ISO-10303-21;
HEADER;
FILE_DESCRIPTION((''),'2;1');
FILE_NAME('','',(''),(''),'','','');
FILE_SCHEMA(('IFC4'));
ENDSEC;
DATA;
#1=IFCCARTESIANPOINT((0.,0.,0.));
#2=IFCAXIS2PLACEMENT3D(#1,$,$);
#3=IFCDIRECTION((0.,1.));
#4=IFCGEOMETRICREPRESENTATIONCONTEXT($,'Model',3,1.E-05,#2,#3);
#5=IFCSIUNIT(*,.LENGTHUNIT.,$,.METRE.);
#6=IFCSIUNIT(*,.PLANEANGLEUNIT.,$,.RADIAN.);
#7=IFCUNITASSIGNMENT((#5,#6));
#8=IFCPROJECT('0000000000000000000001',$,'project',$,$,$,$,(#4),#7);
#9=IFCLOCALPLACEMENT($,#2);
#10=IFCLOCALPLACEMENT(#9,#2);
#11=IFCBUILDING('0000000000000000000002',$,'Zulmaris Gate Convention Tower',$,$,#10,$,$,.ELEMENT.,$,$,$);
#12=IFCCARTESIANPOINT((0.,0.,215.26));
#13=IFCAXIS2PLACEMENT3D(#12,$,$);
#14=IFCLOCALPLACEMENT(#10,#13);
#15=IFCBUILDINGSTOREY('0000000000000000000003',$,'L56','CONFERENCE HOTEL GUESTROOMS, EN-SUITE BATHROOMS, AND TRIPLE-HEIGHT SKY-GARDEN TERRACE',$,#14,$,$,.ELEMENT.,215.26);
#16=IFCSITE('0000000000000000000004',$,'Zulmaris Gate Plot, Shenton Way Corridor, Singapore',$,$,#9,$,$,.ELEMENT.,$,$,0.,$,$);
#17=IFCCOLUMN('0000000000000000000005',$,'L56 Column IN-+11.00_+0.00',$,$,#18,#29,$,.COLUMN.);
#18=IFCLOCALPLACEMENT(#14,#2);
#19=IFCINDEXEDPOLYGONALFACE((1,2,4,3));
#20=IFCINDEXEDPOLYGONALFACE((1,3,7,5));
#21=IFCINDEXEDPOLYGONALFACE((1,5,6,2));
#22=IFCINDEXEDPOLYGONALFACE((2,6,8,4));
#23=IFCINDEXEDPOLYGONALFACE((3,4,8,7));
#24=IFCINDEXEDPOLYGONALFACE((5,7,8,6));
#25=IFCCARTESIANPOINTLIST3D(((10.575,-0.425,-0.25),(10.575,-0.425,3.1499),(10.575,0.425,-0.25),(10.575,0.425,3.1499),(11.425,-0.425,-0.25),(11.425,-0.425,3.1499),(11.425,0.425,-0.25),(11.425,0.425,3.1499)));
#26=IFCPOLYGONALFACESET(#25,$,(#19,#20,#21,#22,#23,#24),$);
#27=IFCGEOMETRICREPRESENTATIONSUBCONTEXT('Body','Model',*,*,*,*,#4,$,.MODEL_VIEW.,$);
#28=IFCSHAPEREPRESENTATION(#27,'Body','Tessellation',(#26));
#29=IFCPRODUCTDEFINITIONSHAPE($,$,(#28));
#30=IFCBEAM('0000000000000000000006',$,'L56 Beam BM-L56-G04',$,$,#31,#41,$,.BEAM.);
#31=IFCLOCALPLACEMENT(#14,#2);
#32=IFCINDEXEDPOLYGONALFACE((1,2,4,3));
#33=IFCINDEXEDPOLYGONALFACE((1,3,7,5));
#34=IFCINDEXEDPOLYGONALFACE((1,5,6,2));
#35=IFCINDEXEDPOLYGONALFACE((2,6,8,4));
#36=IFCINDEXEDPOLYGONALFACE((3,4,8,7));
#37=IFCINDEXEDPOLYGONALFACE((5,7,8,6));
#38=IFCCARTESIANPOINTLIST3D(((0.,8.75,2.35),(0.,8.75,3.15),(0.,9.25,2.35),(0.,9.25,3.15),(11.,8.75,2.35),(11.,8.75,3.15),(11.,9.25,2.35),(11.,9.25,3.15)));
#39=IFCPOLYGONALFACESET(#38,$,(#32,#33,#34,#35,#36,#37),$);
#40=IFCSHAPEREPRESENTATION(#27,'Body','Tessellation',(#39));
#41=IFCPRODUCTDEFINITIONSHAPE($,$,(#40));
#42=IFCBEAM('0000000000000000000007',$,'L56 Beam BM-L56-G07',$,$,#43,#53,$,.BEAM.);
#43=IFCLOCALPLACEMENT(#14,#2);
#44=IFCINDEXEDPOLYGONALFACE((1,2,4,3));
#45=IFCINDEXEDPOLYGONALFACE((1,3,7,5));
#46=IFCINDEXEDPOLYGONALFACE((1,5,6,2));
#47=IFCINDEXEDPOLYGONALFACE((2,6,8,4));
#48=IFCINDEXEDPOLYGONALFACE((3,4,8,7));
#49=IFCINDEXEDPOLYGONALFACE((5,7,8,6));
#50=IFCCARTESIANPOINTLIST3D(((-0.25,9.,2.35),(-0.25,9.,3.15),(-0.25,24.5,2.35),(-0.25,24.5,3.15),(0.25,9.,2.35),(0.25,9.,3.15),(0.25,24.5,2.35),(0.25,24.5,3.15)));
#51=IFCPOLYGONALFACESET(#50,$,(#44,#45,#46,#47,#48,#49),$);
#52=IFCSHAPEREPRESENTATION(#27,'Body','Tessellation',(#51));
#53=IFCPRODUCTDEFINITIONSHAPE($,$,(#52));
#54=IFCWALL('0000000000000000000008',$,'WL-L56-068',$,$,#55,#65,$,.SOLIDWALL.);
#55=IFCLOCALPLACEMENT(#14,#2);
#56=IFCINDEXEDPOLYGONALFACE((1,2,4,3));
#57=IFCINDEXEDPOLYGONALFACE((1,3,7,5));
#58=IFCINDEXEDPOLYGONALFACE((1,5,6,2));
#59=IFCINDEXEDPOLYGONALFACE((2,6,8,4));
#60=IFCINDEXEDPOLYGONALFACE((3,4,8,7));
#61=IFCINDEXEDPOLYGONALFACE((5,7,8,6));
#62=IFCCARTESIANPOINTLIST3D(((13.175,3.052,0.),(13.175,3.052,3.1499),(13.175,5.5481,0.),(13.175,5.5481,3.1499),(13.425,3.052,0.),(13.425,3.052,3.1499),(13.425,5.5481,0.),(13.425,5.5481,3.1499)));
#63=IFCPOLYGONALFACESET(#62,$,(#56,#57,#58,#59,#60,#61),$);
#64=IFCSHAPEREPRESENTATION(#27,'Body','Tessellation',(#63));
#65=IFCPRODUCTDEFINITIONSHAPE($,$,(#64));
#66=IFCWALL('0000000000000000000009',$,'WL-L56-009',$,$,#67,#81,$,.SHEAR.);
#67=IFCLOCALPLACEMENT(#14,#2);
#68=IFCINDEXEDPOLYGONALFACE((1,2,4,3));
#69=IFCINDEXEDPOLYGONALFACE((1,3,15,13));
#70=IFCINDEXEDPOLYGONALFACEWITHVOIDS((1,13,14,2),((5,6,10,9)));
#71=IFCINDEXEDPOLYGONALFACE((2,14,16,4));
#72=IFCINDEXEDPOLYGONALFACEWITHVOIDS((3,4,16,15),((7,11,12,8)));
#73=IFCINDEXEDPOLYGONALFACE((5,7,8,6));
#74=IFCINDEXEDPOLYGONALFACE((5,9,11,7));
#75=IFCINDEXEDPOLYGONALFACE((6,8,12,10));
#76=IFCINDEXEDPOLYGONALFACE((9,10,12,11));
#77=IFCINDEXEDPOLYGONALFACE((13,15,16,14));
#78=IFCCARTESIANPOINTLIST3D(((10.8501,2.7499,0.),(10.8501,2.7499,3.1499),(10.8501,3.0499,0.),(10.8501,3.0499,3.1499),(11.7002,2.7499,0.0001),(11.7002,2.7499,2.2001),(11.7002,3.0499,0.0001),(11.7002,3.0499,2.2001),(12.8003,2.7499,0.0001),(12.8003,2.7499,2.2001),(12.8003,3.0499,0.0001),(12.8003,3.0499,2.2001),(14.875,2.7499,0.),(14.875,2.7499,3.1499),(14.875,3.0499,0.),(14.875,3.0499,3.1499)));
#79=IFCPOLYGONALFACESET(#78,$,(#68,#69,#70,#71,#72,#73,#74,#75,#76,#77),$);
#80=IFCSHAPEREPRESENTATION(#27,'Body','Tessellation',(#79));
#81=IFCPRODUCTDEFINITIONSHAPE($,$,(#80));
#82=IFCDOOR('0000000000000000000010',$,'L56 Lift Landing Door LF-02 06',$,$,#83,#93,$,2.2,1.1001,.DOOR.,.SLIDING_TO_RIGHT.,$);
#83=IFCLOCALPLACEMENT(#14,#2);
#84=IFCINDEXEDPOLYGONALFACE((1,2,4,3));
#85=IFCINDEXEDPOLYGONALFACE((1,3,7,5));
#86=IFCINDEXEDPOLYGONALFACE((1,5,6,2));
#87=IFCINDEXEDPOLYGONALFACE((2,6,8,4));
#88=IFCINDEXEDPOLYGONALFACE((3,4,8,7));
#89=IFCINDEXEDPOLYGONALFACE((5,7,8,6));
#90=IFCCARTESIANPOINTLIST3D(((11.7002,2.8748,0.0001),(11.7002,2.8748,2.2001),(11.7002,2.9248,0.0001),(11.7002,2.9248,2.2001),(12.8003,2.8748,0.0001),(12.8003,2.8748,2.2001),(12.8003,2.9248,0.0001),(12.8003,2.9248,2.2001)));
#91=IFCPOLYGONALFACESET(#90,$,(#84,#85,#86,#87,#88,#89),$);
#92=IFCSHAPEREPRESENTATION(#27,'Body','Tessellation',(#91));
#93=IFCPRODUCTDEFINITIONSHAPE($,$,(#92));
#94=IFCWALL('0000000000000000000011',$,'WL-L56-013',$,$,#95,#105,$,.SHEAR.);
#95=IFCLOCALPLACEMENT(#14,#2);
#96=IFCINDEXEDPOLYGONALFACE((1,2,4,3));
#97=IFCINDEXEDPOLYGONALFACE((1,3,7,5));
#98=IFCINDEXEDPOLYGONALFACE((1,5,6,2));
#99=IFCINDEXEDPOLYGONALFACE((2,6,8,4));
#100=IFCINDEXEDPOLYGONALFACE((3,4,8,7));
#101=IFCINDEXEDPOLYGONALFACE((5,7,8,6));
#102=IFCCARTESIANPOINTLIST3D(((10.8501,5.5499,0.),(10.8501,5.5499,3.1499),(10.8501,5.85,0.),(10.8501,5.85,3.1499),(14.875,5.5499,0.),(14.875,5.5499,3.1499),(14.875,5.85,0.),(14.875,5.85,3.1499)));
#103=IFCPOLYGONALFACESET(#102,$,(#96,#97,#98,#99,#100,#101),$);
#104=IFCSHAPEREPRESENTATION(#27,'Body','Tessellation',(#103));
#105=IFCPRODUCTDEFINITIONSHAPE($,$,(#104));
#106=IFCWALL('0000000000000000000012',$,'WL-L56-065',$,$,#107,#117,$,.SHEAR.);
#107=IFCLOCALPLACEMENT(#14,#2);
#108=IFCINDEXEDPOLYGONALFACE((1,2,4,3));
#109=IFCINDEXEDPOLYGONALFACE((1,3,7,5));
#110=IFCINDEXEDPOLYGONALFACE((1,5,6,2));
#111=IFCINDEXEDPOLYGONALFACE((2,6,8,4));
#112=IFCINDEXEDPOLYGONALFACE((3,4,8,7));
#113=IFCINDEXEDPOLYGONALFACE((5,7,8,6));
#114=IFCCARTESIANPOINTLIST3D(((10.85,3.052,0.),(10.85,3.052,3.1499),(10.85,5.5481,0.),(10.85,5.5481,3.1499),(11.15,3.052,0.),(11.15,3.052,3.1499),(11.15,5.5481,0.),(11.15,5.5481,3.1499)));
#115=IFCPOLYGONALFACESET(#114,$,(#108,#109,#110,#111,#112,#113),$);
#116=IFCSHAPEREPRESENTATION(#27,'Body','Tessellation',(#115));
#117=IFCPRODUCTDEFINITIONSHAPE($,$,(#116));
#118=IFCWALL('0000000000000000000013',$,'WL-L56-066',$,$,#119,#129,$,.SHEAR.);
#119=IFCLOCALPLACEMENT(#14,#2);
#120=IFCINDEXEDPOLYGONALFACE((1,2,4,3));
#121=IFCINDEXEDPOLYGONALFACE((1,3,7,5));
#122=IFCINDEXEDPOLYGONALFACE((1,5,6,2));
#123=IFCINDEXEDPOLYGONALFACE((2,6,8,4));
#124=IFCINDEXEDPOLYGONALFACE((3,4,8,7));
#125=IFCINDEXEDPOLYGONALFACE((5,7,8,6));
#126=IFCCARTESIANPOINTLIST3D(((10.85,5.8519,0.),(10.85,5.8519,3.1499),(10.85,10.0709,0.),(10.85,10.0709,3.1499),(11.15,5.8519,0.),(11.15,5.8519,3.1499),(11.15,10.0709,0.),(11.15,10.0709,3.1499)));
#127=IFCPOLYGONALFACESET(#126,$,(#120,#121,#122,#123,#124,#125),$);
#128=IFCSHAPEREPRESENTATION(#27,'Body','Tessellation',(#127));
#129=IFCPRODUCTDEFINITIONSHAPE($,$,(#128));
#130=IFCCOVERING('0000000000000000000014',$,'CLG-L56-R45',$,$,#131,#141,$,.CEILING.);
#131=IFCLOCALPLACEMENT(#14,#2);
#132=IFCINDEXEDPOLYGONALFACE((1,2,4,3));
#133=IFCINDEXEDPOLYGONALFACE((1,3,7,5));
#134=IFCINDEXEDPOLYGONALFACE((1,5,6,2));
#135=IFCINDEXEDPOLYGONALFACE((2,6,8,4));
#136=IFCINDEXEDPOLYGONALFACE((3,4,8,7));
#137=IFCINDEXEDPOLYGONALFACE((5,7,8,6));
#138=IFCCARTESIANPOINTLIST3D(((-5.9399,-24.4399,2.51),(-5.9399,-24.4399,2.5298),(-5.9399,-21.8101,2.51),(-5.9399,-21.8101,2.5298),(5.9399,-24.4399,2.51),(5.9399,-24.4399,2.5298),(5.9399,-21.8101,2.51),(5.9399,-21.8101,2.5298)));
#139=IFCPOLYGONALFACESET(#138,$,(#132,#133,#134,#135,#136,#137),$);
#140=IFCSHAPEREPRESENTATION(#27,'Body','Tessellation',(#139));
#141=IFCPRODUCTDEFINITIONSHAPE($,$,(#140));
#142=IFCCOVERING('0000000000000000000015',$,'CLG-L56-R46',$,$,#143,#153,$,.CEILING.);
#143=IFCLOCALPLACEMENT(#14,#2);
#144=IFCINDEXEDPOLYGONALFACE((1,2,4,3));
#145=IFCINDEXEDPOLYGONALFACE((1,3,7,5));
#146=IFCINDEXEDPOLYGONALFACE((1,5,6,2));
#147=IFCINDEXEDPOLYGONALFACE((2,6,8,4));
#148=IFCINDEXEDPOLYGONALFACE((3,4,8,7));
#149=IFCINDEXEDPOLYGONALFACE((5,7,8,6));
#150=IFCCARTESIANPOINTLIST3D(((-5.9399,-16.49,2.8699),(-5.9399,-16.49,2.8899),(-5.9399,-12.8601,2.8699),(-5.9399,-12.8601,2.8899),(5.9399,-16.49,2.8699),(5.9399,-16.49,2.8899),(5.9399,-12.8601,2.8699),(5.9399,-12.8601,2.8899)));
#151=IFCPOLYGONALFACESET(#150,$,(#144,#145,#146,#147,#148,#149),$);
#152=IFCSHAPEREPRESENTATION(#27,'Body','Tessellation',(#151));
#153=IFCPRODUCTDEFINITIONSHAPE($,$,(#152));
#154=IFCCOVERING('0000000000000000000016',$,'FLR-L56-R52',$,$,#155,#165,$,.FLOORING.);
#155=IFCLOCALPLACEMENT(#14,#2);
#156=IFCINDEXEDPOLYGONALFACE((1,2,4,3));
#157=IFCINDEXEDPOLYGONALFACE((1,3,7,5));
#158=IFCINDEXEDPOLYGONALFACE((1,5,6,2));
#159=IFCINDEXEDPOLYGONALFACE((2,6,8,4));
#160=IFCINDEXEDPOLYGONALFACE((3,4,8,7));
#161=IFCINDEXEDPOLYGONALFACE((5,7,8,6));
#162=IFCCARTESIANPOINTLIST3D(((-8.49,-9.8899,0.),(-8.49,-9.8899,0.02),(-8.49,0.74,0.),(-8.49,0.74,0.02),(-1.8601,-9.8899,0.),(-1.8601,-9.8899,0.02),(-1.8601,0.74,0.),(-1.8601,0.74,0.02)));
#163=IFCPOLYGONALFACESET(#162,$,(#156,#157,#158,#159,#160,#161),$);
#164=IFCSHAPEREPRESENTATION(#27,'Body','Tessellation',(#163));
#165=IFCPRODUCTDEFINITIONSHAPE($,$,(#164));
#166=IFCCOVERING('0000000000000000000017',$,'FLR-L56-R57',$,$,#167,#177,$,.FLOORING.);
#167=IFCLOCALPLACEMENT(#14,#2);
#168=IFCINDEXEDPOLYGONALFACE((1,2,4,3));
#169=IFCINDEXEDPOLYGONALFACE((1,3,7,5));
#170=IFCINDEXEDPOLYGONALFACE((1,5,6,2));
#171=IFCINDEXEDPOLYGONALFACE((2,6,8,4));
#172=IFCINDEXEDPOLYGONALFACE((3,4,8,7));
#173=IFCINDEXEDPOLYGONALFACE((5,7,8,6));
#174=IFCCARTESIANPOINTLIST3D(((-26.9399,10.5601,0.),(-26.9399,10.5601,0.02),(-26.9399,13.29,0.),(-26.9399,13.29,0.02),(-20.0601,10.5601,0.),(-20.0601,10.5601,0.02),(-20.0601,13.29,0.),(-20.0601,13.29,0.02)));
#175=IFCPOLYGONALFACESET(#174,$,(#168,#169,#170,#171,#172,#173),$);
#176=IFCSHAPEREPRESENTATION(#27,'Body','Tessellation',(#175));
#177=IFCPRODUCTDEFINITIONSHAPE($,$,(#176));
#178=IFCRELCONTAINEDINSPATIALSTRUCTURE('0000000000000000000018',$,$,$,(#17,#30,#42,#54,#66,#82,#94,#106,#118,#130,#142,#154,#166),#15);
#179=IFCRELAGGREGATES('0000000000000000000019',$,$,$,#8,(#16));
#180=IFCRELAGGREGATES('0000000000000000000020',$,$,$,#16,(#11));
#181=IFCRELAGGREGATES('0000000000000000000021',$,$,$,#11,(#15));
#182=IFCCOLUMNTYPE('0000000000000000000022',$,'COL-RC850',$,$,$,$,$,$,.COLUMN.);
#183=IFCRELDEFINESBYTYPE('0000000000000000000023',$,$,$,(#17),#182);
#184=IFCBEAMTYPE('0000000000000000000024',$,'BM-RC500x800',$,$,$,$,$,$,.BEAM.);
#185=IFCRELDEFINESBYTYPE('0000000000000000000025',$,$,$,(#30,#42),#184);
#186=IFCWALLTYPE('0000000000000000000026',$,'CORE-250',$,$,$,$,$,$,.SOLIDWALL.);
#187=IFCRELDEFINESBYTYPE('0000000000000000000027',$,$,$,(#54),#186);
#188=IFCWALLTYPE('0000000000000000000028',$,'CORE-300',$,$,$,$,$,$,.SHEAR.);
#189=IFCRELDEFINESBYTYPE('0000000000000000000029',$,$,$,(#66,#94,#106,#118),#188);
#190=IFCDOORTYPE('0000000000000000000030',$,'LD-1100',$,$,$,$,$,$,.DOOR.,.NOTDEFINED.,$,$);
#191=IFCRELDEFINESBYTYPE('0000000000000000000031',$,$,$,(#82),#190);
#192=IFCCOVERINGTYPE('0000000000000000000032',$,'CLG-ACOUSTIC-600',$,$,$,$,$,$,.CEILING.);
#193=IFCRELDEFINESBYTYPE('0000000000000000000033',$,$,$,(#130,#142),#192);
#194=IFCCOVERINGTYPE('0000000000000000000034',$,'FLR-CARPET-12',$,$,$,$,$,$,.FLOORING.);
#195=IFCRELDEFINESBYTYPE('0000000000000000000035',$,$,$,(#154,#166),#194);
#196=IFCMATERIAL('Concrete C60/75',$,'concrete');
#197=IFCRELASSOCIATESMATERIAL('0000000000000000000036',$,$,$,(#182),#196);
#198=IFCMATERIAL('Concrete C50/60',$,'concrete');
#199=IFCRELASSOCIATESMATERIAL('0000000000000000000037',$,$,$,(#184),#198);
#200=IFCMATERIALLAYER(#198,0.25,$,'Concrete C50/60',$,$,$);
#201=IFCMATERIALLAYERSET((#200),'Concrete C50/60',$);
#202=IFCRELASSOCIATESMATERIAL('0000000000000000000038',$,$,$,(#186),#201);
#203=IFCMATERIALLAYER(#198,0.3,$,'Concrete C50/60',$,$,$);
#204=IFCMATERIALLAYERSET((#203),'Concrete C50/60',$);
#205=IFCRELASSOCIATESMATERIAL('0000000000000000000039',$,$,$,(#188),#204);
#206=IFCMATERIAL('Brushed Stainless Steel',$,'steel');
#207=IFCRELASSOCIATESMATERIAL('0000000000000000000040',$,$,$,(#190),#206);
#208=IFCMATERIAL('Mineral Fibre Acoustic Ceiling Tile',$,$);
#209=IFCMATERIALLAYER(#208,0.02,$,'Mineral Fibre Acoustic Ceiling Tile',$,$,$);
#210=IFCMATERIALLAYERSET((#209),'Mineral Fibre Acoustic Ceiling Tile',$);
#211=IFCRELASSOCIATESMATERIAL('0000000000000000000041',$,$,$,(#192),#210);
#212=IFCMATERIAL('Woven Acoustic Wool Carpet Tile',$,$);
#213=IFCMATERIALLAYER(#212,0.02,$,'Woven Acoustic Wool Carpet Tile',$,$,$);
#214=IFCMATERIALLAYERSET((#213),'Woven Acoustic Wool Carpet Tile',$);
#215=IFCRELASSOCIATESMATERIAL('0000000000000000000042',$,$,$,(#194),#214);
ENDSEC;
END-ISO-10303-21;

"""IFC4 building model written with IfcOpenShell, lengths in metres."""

from ifc_helpers import new_model, si_unit, direction, frame, frame_2d, origin, origin_2d, place, context, subcontext, project, spatial, polyline, rectangle, outline, extrude, material, layer, layer_set, material_profile, profile_set, type_object, element, fill, save


model = new_model("IFC4")

# Units and contexts
model_context = context("Model", 3, precision=1e-05, world=origin(), true_north=direction((0.0, 1.0)))
body_context = subcontext(model_context, "Body", "Model", "MODEL_VIEW")
ifc_project = project(units=[si_unit("LENGTHUNIT", "METRE"), si_unit("PLANEANGLEUNIT", "RADIAN")], contexts=[model_context])

# Site, building, storey
site_placement = place(None, origin())
site = spatial("IfcSite", under=ifc_project, at=site_placement, Name="Zulmaris Gate Plot, Shenton Way Corridor, Singapore", CompositionType="ELEMENT", RefElevation=0.0)
building_placement = place(site_placement, origin())
building = spatial("IfcBuilding", under=site, at=building_placement, Name="Zulmaris Gate Convention Tower", CompositionType="ELEMENT")
storey_placement = place(building_placement, frame((0.0, 0.0, 215.26)))
storey = spatial("IfcBuildingStorey", under=building, at=storey_placement, Name="L56", Description="CONFERENCE HOTEL GUESTROOMS, EN-SUITE BATHROOMS, AND TRIPLE-HEIGHT SKY-GARDEN TERRACE", CompositionType="ELEMENT", Elevation=215.26)

# Column
ifc_material_1 = material(Name="Concrete C60/75", Category="concrete")
ifc_material_profile_1 = material_profile(ifc_material_1, rectangle(XDim=0.8501, YDim=0.8501, at=origin_2d()), Name="RC COL 850x850")
ifc_profile_set_1 = profile_set([ifc_material_profile_1], Name="Concrete C60/75")
column_type = type_object("IfcColumnType", Name="COL-RC850", PredefinedType="COLUMN", material=ifc_profile_set_1)
column_placement = place(storey_placement, frame((11.0, 0.0, -0.25), z_axis=(0.0, 0.0, 1.0), x_axis=(1.0, 0.0, 0.0)))
element("IfcColumn", 1, at=column_placement, inside=storey, type_object=column_type, Name="L56 Column IN-+11.00_+0.00", PredefinedType="COLUMN", context=body_context, shape_type="SweptSolid", body=[
    extrude(rectangle(XDim=0.8501, YDim=0.8501, at=origin_2d()), origin(), (0.0, 0.0, 1.0), 3.3999),
])

# Beams
ifc_material_2 = material(Name="Concrete C50/60", Category="concrete")
ifc_material_profile_2 = material_profile(ifc_material_2, rectangle(XDim=0.5, YDim=0.8, at=origin_2d()), Name="RC BEAM 500x800")
ifc_profile_set_2 = profile_set([ifc_material_profile_2], Name="Concrete C50/60")
beam_type = type_object("IfcBeamType", Name="BM-RC500x800", PredefinedType="BEAM", material=ifc_profile_set_2)
beam_1_placement = place(storey_placement, frame((0.0, 9.0, 2.75), z_axis=(1.0, 0.0, 0.0), x_axis=(0.0, 1.0, 0.0)))
element("IfcBeam", 2, at=beam_1_placement, inside=storey, type_object=beam_type, Name="L56 Beam BM-L56-G04", PredefinedType="BEAM", context=body_context, shape_type="SweptSolid", body=[
    extrude(rectangle(XDim=0.5, YDim=0.8, at=origin_2d()), origin(), (0.0, 0.0, 1.0), 11.0),
])
beam_2_placement = place(storey_placement, frame((0.0, 9.0, 2.75), z_axis=(0.0, 1.0, 0.0), x_axis=(-1.0, 0.0, 0.0)))
element("IfcBeam", 3, at=beam_2_placement, inside=storey, type_object=beam_type, Name="L56 Beam BM-L56-G07", PredefinedType="BEAM", context=body_context, shape_type="SweptSolid", body=[
    extrude(rectangle(XDim=0.5, YDim=0.8, at=origin_2d()), origin(), (0.0, 0.0, 1.0), 15.5),
])

# Wall
ifc_layer_1 = layer(ifc_material_2, 0.25, Name="Concrete C50/60")
ifc_layer_set_1 = layer_set([ifc_layer_1], Name="Concrete C50/60")
wall_type_1 = type_object("IfcWallType", Name="CORE-250", PredefinedType="SOLIDWALL", material=ifc_layer_set_1)
wall_1_placement = place(storey_placement, frame((13.3, 3.052, 0.0), z_axis=(0.0, 0.0, 1.0), x_axis=(0.0, 1.0, 0.0)))
element("IfcWall", 4, at=wall_1_placement, inside=storey, type_object=wall_type_1, Name="WL-L56-068", PredefinedType="SOLIDWALL", context=body_context, shape_type="SweptSolid", body=[
    extrude(rectangle(XDim=2.4961, YDim=0.25, at=frame_2d((1.248, 0.0))), origin(), (0.0, 0.0, 1.0), 3.1499),
])

# Wall, opening, door
ifc_layer_2 = layer(ifc_material_2, 0.3, Name="Concrete C50/60")
ifc_layer_set_2 = layer_set([ifc_layer_2], Name="Concrete C50/60")
wall_type_2 = type_object("IfcWallType", Name="CORE-300", PredefinedType="SHEAR", material=ifc_layer_set_2)
wall_2_placement = place(storey_placement, frame((10.8501, 2.8999, 0.0), z_axis=(0.0, 0.0, 1.0), x_axis=(1.0, 0.0, 0.0)))
wall_2 = element("IfcWall", 5, at=wall_2_placement, inside=storey, type_object=wall_type_2, Name="WL-L56-009", PredefinedType="SHEAR", context=body_context, shape_type="SweptSolid", body=[
    extrude(rectangle(XDim=4.0249, YDim=0.3, at=frame_2d((2.0125, 0.0))), origin(), (0.0, 0.0, 1.0), 3.1499),
])
opening_1_placement = place(wall_2_placement, frame((0.8501, 0.0, 0.0)))
opening_1 = element("IfcOpeningElement", 6, at=opening_1_placement, cuts=wall_2, PredefinedType="OPENING", context=body_context, shape_type="SweptSolid", body=[
    extrude(rectangle(XDim=1.1001, YDim=2.2, at=frame_2d((0.55, 1.1001))), frame((0.0, 0.1602, 0.0), z_axis=(0.0, -1.0, 0.0), x_axis=(1.0, 0.0, 0.0)), (0.0, 0.0, 1.0), 0.3201),
])
ifc_material_3 = material(Name="Brushed Stainless Steel", Category="steel")
door_type_1 = type_object("IfcDoorType", Name="LD-1100", OperationType="NOTDEFINED", PredefinedType="DOOR", material=ifc_material_3)
door_1_placement = place(opening_1_placement, origin())
door_1 = element("IfcDoor", 7, at=door_1_placement, inside=storey, type_object=door_type_1, Name="L56 Lift Landing Door LF-02 06", OperationType="SLIDING_TO_RIGHT", OverallHeight=2.2, OverallWidth=1.1001, PredefinedType="DOOR", context=body_context, shape_type="SweptSolid", body=[
    extrude(rectangle(XDim=1.1001, YDim=2.2, at=frame_2d((0.55, 1.1001))), frame((0.0, 0.0249, 0.0), z_axis=(0.0, -1.0, 0.0), x_axis=(1.0, 0.0, 0.0)), (0.0, 0.0, 1.0), 0.05),
])
fill(opening_1, door_1)

# Wall
wall_3_placement = place(storey_placement, frame((10.8501, 5.7, 0.0), z_axis=(0.0, 0.0, 1.0), x_axis=(1.0, 0.0, 0.0)))
element("IfcWall", 8, at=wall_3_placement, inside=storey, type_object=wall_type_2, Name="WL-L56-013", PredefinedType="SHEAR", context=body_context, shape_type="SweptSolid", body=[
    extrude(rectangle(XDim=4.0249, YDim=0.3, at=frame_2d((2.0125, 0.0))), origin(), (0.0, 0.0, 1.0), 3.1499),
])

# Walls
wall_4_placement = place(storey_placement, frame((11.0, 3.052, 0.0), z_axis=(0.0, 0.0, 1.0), x_axis=(0.0, 1.0, 0.0)))
element("IfcWall", 9, at=wall_4_placement, inside=storey, type_object=wall_type_2, Name="WL-L56-065", PredefinedType="SHEAR", context=body_context, shape_type="SweptSolid", body=[
    extrude(rectangle(XDim=2.4961, YDim=0.3, at=frame_2d((1.248, 0.0))), origin(), (0.0, 0.0, 1.0), 3.1499),
])
wall_5_placement = place(storey_placement, frame((11.0, 5.8521, 0.0), z_axis=(0.0, 0.0, 1.0), x_axis=(0.0, 1.0, 0.0)))
element("IfcWall", 10, at=wall_5_placement, inside=storey, type_object=wall_type_2, Name="WL-L56-066", PredefinedType="SHEAR", context=body_context, shape_type="SweptSolid", body=[
    extrude(rectangle(XDim=4.219, YDim=0.3, at=frame_2d((2.1094, 0.0))), origin(), (0.0, 0.0, 1.0), 3.1499),
])

# Coverings
ifc_material_4 = material(Name="Mineral Fibre Acoustic Ceiling Tile")
ifc_layer_3 = layer(ifc_material_4, 0.02, Name="Mineral Fibre Acoustic Ceiling Tile")
ifc_layer_set_3 = layer_set([ifc_layer_3], Name="Mineral Fibre Acoustic Ceiling Tile")
covering_type_1 = type_object("IfcCoveringType", Name="CLG-ACOUSTIC-600", PredefinedType="CEILING", material=ifc_layer_set_3)
covering_1_placement = place(storey_placement, frame((0.0, 0.0, 2.51)))
element("IfcCovering", 11, at=covering_1_placement, inside=storey, type_object=covering_type_1, Name="CLG-L56-R45", PredefinedType="CEILING", context=body_context, shape_type="SweptSolid", body=[
    extrude(outline(polyline([(-5.9399, -24.4399), (5.9399, -24.4399), (5.9399, -21.8101), (-5.9399, -21.8101), (-5.9399, -24.4399)])), origin(), (0.0, 0.0, 1.0), 0.0198),
])
covering_2_placement = place(storey_placement, frame((0.0, 0.0, 2.8699)))
element("IfcCovering", 12, at=covering_2_placement, inside=storey, type_object=covering_type_1, Name="CLG-L56-R46", PredefinedType="CEILING", context=body_context, shape_type="SweptSolid", body=[
    extrude(outline(polyline([(-5.9399, -16.49), (5.9399, -16.49), (5.9399, -12.8601), (-5.9399, -12.8601), (-5.9399, -16.49)])), origin(), (0.0, 0.0, 1.0), 0.02),
])
ifc_material_5 = material(Name="Woven Acoustic Wool Carpet Tile")
ifc_layer_4 = layer(ifc_material_5, 0.02, Name="Woven Acoustic Wool Carpet Tile")
ifc_layer_set_4 = layer_set([ifc_layer_4], Name="Woven Acoustic Wool Carpet Tile")
covering_type_2 = type_object("IfcCoveringType", Name="FLR-CARPET-12", PredefinedType="FLOORING", material=ifc_layer_set_4)
covering_3_placement = place(storey_placement, origin())
element("IfcCovering", 13, at=covering_3_placement, inside=storey, type_object=covering_type_2, Name="FLR-L56-R52", PredefinedType="FLOORING", context=body_context, shape_type="SweptSolid", body=[
    extrude(outline(polyline([(-8.49, -9.8899), (-1.8601, -9.8899), (-1.8601, 0.74), (-8.49, 0.74), (-8.49, -9.8899)])), origin(), (0.0, 0.0, 1.0), 0.02),
])
covering_4_placement = place(storey_placement, origin())
element("IfcCovering", 14, at=covering_4_placement, inside=storey, type_object=covering_type_2, Name="FLR-L56-R57", PredefinedType="FLOORING", context=body_context, shape_type="SweptSolid", body=[
    extrude(outline(polyline([(-26.9399, 10.5601), (-20.0601, 10.5601), (-20.0601, 13.29), (-26.9399, 13.29), (-26.9399, 10.5601)])), origin(), (0.0, 0.0, 1.0), 0.02),
])

save(model, "model.ifc")
